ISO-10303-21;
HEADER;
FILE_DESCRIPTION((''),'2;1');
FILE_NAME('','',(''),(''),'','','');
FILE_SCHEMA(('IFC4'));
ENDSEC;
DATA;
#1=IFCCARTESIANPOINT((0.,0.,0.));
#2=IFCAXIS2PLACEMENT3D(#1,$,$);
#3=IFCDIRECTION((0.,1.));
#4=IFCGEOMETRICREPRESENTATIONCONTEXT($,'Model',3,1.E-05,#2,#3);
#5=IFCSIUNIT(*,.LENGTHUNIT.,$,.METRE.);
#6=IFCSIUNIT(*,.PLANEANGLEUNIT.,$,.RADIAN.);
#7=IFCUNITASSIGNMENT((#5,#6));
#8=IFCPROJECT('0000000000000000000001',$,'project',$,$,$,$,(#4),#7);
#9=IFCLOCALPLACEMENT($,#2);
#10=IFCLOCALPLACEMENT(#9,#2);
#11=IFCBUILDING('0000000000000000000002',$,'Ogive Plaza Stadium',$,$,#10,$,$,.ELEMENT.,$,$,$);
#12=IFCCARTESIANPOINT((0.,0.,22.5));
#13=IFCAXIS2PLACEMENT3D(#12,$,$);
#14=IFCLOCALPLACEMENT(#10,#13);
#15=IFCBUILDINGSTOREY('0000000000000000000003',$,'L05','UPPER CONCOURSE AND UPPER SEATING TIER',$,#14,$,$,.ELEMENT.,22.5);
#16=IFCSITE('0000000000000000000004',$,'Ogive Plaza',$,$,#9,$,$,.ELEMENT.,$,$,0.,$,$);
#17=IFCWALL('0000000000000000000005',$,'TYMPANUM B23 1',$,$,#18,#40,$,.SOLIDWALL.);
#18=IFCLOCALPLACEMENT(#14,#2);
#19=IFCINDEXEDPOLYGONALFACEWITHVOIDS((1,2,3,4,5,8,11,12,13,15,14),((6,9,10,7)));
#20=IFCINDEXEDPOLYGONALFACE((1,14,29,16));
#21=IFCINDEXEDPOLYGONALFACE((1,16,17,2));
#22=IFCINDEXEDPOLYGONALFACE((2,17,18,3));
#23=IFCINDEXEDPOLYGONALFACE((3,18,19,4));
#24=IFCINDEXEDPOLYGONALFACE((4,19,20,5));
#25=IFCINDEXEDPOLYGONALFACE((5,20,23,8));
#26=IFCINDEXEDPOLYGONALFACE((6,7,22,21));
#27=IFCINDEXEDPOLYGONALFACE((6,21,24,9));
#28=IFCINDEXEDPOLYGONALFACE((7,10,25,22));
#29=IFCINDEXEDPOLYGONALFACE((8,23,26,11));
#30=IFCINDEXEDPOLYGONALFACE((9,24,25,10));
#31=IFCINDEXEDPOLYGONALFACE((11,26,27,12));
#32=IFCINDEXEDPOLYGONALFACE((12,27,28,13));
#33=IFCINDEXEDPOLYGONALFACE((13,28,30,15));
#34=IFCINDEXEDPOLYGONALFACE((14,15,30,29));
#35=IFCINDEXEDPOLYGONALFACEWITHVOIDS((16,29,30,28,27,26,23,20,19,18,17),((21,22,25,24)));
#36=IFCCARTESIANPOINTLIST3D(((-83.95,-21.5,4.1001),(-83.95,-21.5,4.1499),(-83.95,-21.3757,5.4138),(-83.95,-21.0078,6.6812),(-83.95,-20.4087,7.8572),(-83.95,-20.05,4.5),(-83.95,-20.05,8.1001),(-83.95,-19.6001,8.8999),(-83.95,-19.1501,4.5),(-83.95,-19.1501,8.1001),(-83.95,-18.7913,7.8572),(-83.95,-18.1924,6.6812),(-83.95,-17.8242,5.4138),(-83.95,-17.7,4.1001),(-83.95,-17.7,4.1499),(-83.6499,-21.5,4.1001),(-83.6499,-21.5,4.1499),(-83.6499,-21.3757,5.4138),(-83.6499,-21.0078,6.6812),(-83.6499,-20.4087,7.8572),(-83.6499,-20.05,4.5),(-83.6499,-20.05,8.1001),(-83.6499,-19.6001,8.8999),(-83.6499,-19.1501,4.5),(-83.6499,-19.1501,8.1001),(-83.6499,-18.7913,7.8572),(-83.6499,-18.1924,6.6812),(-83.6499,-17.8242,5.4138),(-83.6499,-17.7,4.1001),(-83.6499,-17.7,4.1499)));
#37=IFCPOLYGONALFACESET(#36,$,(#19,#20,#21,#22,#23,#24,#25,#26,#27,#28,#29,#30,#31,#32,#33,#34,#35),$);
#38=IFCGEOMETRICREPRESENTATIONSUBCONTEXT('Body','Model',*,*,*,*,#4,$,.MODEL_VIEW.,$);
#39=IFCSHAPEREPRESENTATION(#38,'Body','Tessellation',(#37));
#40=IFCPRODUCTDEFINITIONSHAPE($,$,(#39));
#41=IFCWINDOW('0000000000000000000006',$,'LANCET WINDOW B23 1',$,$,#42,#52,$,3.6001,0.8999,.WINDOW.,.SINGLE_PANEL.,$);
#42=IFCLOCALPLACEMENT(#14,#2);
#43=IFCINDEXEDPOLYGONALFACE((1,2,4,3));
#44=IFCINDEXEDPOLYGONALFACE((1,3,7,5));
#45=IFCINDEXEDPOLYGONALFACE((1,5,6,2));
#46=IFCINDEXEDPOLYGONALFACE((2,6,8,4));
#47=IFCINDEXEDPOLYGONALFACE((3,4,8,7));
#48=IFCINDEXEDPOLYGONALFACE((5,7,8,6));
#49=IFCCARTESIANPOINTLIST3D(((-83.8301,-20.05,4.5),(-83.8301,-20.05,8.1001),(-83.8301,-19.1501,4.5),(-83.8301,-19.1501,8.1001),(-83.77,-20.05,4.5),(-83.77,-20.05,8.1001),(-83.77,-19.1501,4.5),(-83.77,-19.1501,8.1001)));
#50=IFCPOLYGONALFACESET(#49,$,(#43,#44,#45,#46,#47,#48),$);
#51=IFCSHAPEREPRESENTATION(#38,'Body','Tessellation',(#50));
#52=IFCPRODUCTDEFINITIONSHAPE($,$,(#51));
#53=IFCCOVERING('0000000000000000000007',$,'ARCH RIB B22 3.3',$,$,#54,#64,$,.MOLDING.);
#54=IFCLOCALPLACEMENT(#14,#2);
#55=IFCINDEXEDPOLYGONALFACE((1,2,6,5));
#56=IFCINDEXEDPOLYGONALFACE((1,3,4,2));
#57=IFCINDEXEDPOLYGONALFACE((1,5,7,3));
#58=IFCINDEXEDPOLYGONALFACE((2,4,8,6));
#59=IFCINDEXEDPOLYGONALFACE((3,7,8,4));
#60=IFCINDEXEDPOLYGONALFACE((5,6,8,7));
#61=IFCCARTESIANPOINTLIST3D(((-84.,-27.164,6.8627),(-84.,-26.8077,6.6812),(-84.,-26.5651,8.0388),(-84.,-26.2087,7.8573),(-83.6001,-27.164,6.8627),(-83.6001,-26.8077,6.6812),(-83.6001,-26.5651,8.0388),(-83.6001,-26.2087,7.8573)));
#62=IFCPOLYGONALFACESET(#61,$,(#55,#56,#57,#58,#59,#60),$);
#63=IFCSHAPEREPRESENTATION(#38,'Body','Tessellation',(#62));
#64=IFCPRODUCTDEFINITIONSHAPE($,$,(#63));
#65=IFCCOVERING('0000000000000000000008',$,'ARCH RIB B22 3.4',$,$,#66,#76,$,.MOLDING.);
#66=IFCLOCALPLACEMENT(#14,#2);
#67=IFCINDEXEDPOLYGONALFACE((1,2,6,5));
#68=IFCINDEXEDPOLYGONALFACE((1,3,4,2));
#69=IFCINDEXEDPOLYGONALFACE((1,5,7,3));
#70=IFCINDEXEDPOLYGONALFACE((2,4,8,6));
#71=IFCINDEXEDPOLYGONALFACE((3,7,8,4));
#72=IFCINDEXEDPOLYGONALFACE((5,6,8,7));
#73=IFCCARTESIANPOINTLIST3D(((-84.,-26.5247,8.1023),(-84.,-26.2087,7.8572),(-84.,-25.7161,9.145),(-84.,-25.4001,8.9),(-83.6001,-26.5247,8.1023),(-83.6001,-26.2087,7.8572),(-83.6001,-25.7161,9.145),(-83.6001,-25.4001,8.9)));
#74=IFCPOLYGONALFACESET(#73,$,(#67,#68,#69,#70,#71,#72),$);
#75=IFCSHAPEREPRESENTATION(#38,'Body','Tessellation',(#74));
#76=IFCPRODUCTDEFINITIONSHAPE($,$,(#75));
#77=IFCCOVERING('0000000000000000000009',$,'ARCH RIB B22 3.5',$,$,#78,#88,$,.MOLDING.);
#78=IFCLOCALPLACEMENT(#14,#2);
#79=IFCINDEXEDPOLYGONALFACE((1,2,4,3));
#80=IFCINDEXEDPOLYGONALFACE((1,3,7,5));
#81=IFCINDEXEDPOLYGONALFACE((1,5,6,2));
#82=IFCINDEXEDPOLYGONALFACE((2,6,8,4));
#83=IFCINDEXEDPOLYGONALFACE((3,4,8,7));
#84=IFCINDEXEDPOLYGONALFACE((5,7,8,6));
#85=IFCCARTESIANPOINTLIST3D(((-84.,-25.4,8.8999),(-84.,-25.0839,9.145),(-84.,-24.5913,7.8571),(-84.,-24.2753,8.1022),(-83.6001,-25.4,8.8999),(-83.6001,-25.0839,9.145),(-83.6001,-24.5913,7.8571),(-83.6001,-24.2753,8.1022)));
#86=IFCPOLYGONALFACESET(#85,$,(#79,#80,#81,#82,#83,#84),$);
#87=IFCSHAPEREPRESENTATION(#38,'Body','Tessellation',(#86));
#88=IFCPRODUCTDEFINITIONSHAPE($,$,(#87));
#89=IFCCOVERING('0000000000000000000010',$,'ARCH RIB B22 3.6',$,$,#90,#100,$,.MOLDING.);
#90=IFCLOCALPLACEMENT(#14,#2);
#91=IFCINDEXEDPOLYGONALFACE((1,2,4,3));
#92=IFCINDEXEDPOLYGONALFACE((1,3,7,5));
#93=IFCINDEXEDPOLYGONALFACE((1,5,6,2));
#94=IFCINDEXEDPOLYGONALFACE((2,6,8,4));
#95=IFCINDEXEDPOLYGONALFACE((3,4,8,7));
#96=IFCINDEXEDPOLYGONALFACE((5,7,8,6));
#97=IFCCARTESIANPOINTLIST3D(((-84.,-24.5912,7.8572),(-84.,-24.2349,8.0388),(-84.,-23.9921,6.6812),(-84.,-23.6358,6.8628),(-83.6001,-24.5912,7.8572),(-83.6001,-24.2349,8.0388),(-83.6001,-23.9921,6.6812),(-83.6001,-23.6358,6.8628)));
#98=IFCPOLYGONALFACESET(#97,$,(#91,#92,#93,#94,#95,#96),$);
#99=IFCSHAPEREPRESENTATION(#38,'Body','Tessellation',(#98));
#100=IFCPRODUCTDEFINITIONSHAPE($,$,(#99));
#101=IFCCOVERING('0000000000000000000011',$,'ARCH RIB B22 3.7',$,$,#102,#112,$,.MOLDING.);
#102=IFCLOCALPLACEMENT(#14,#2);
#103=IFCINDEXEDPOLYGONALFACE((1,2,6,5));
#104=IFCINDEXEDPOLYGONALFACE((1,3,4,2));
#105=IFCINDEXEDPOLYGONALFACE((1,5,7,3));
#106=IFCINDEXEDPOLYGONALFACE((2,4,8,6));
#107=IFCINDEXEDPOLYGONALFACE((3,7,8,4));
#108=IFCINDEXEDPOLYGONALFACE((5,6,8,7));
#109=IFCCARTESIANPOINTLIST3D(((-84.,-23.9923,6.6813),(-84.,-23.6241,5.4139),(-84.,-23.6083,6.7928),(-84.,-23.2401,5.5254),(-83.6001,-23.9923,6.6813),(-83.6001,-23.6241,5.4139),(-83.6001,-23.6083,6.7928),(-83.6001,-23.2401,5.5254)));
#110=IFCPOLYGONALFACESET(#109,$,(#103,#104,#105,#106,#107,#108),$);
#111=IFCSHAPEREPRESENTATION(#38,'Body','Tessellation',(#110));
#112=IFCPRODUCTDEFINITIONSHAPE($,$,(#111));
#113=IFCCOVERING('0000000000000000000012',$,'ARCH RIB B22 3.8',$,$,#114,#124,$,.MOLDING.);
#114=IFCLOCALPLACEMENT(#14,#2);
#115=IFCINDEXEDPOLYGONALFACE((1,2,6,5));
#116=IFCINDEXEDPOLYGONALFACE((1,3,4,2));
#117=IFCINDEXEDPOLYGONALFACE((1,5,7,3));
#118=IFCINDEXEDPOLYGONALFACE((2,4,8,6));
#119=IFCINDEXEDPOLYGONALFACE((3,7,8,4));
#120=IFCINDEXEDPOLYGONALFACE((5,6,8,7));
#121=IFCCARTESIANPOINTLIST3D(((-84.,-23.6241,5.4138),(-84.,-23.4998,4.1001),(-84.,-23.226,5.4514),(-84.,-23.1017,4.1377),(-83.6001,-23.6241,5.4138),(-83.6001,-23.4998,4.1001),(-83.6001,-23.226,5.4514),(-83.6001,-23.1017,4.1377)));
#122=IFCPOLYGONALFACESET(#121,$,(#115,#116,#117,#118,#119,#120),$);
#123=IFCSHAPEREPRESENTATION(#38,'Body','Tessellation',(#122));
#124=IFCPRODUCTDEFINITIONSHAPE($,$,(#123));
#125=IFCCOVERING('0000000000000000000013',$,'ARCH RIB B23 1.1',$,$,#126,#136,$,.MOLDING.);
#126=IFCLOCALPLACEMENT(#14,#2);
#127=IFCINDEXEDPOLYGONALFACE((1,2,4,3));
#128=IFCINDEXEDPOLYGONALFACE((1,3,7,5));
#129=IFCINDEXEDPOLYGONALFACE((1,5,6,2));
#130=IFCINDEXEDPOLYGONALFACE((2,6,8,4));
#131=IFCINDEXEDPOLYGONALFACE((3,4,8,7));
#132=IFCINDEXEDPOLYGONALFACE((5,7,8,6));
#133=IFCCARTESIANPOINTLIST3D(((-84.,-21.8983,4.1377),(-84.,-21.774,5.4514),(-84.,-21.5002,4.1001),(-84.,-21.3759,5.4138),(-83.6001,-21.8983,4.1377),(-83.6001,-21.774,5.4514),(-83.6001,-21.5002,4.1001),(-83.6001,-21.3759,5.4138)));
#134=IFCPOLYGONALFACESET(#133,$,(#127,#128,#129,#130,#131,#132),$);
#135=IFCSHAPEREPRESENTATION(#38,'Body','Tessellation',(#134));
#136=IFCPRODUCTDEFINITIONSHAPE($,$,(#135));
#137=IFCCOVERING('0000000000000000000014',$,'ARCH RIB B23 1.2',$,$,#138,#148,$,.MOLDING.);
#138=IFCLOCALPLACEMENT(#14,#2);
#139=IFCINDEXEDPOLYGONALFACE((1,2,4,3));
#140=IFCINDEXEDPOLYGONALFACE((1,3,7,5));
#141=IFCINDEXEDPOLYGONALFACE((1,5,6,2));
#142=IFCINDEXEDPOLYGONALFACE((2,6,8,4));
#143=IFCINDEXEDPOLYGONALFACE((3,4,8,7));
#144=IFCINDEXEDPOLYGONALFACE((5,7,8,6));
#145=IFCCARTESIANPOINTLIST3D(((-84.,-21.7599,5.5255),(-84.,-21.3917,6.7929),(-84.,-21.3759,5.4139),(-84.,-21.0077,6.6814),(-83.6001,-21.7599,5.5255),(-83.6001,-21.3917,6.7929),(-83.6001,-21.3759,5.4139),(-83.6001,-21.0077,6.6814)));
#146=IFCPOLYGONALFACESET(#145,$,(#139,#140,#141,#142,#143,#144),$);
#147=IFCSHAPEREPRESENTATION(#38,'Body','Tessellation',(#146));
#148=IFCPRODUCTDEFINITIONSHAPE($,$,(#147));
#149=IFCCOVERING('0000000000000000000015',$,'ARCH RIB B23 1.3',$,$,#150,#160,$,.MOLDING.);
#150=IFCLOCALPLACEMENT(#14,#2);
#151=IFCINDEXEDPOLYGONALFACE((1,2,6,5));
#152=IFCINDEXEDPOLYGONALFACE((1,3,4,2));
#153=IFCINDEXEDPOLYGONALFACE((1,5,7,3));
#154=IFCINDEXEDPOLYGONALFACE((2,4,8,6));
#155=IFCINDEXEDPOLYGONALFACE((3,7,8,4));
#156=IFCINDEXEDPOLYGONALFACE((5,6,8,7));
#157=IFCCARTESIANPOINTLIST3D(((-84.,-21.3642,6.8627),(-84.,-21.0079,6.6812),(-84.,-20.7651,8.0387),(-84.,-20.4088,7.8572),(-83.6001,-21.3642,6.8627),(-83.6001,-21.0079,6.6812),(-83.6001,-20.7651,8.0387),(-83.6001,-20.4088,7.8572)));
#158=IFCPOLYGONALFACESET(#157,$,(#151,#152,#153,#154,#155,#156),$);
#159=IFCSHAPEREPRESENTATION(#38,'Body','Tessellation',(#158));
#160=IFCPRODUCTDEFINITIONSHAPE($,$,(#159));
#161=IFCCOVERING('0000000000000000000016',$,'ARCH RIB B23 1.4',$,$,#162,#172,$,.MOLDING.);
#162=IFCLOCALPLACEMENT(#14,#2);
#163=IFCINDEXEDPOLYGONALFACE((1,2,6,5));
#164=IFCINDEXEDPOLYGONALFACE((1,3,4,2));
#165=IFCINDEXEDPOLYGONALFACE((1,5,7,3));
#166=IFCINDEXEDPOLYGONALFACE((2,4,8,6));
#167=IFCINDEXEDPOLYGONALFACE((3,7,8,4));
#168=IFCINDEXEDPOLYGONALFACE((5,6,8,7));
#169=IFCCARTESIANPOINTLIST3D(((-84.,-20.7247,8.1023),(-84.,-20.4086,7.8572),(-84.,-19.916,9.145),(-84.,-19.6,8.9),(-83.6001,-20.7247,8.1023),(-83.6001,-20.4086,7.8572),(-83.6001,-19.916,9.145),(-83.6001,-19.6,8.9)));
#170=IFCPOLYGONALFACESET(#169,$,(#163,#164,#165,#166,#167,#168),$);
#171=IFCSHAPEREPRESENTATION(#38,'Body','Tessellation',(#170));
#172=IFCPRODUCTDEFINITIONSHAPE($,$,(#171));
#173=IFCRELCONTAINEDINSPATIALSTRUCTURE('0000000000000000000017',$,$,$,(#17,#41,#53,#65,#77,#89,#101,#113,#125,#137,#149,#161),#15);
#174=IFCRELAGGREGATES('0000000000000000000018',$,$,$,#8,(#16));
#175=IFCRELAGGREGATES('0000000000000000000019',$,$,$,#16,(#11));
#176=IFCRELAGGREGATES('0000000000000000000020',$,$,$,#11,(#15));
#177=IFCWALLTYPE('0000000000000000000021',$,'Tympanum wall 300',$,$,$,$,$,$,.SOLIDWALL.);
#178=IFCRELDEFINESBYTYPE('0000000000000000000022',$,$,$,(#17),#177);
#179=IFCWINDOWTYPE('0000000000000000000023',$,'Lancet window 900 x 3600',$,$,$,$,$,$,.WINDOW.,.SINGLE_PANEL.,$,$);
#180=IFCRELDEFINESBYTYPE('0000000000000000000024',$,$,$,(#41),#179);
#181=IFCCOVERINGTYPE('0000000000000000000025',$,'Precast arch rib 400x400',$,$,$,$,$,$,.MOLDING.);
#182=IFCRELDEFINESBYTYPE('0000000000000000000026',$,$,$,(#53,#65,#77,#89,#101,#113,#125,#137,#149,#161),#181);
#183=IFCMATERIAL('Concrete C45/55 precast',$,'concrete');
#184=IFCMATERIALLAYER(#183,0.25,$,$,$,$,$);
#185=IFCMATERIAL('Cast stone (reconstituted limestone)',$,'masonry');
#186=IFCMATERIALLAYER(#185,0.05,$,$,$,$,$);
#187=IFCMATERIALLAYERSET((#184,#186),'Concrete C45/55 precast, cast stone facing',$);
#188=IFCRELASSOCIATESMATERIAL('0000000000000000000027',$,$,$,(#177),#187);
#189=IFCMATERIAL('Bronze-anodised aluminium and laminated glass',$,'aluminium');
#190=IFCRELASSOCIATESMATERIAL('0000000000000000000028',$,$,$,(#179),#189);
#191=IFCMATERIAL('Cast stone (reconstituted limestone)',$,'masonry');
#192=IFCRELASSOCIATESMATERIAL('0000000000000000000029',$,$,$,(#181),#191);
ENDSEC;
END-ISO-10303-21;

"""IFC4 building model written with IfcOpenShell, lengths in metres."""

from ifc_helpers import new_model, si_unit, direction, frame, frame_2d, origin, origin_2d, place, context, subcontext, project, spatial, polyline, rectangle, outline, extrude, material, layer, layer_set, material_profile, profile_set, type_object, element, fill, save


model = new_model("IFC4")

# Units and contexts
model_context = context("Model", 3, precision=1e-05, world=origin(), true_north=direction((0.0, 1.0)))
body_context = subcontext(model_context, "Body", "Model", "MODEL_VIEW")
ifc_project = project(units=[si_unit("LENGTHUNIT", "METRE"), si_unit("PLANEANGLEUNIT", "RADIAN")], contexts=[model_context])

# Site, building, storey
site_placement = place(None, origin())
site = spatial("IfcSite", under=ifc_project, at=site_placement, Name="Ogive Plaza", CompositionType="ELEMENT", RefElevation=0.0)
building_placement = place(site_placement, origin())
building = spatial("IfcBuilding", under=site, at=building_placement, Name="Ogive Plaza Stadium", CompositionType="ELEMENT")
storey_placement = place(building_placement, frame((0.0, 0.0, 22.5)))
storey = spatial("IfcBuildingStorey", under=building, at=storey_placement, Name="L05", Description="UPPER CONCOURSE AND UPPER SEATING TIER", CompositionType="ELEMENT", Elevation=22.5)

# Wall, opening, window
ifc_material_1 = material(Name="Concrete C45/55 precast", Category="concrete")
ifc_layer_1 = layer(ifc_material_1, 0.25)
ifc_material_2 = material(Name="Cast stone (reconstituted limestone)", Category="masonry")
ifc_layer_2 = layer(ifc_material_2, 0.05)
ifc_layer_set_1 = layer_set([ifc_layer_1, ifc_layer_2], Name="Concrete C45/55 precast, cast stone facing")
wall_type = type_object("IfcWallType", Name="Tympanum wall 300", PredefinedType="SOLIDWALL", material=ifc_layer_set_1)
wall_placement = place(storey_placement, frame((-83.8, -21.5, 4.1001), z_axis=(0.0, 0.0, 1.0), x_axis=(0.0, 1.0, 0.0)))
wall = element("IfcWall", 1, at=wall_placement, inside=storey, type_object=wall_type, Name="TYMPANUM B23 1", PredefinedType="SOLIDWALL", context=body_context, shape_type="SweptSolid", body=[
    extrude(outline(polyline([(0.0, 0.0), (3.8, 0.0), (3.8, 0.0498), (3.6758, 1.3137), (3.3076, 2.5811), (2.7087, 3.7571), (1.8999, 4.7998), (1.0913, 3.7571), (0.4922, 2.5811), (0.1243, 1.3137), (0.0, 0.0498), (0.0, 0.0)])), frame((0.0, 0.1499, 0.0), z_axis=(0.0, -1.0, 0.0), x_axis=(1.0, 0.0, 0.0)), (0.0, 0.0, 1.0), 0.3),
])
opening_placement = place(wall_placement, frame((1.45, 0.0, 0.3999)))
opening = element("IfcOpeningElement", 2, at=opening_placement, cuts=wall, PredefinedType="OPENING", context=body_context, shape_type="SweptSolid", body=[
    extrude(rectangle(XDim=0.8999, YDim=3.6001, at=frame_2d((0.45, 1.8))), frame((0.0, 0.1602, 0.0), z_axis=(0.0, -1.0, 0.0), x_axis=(1.0, 0.0, 0.0)), (0.0, 0.0, 1.0), 0.3201),
])
ifc_material_3 = material(Name="Bronze-anodised aluminium and laminated glass", Category="aluminium")
window_type = type_object("IfcWindowType", Name="Lancet window 900 x 3600", PartitioningType="SINGLE_PANEL", PredefinedType="WINDOW", material=ifc_material_3)
window_placement = place(opening_placement, origin())
window = element("IfcWindow", 3, at=window_placement, inside=storey, type_object=window_type, Name="LANCET WINDOW B23 1", OverallHeight=3.6001, OverallWidth=0.8999, PartitioningType="SINGLE_PANEL", PredefinedType="WINDOW", context=body_context, shape_type="SweptSolid", body=[
    extrude(rectangle(XDim=0.8999, YDim=3.6001, at=frame_2d((0.45, 1.8))), frame((0.0, 0.03, 0.0), z_axis=(0.0, -1.0, 0.0), x_axis=(1.0, 0.0, 0.0)), (0.0, 0.0, 1.0), 0.0601),
])
fill(opening, window)

# Coverings
ifc_material_4 = material(Name="Cast stone (reconstituted limestone)", Category="masonry")
ifc_material_profile_1 = material_profile(ifc_material_4, rectangle(XDim=0.3999, YDim=0.3999, at=origin_2d()), Name="Cast stone 400x400")
ifc_profile_set_1 = profile_set([ifc_material_profile_1], Name="Cast stone (reconstituted limestone)")
covering_type = type_object("IfcCoveringType", Name="Precast arch rib 400x400", PredefinedType="MOLDING", material=ifc_profile_set_1)
covering_1_placement = place(storey_placement, frame((-83.8, -26.9858, 6.772), z_axis=(0.0, 0.453787, 0.89111), x_axis=(-1.0, 0.0, 0.0)))
element("IfcCovering", 4, at=covering_1_placement, inside=storey, type_object=covering_type, Name="ARCH RIB B22 3.3", PredefinedType="MOLDING", context=body_context, shape_type="SweptSolid", body=[
    extrude(rectangle(XDim=0.3999, YDim=0.3999, at=origin_2d()), origin(), (0.0, 0.0, 1.0), 1.3198),
])
for number, where, z_axis, x_axis, name in (
    (5, (-83.8, -26.3667, 7.9797), (0.0, 0.6128, 0.790238), (-1.0, 0.0, 0.0), "ARCH RIB B22 3.4"),
    (6, (-83.8, -25.2419, 9.0225), (0.0, 0.6128, -0.790238), (-1.0, 0.0, 0.0), "ARCH RIB B22 3.5"),
):
    element("IfcCovering", number, at=place(storey_placement, frame(where, z_axis=z_axis, x_axis=x_axis)), inside=storey, type_object=covering_type, Name=name, PredefinedType="MOLDING", context=body_context, shape_type="SweptSolid", body=[
        extrude(rectangle(XDim=0.3999, YDim=0.3999, at=origin_2d()), origin(), (0.0, 0.0, 1.0), 1.3196),
    ])
for number, where, z_axis, x_axis, name in (
    (7, (-83.8, -24.4131, 7.948), (0.0, 0.453934, -0.891035), (-1.0, 0.0, 0.0), "ARCH RIB B22 3.6"),
    (8, (-83.8, -23.8003, 6.7371), (0.0, 0.27897, -0.9603), (-1.0, 0.0, 0.0), "ARCH RIB B22 3.7"),
):
    element("IfcCovering", number, at=place(storey_placement, frame(where, z_axis=z_axis, x_axis=x_axis)), inside=storey, type_object=covering_type, Name=name, PredefinedType="MOLDING", context=body_context, shape_type="SweptSolid", body=[
        extrude(rectangle(XDim=0.3999, YDim=0.3999, at=origin_2d()), origin(), (0.0, 0.0, 1.0), 1.3198),
    ])
for number, where, z_axis, x_axis, name in (
    (9, (-83.8, -23.425, 5.4326), (0.0, 0.094172, -0.995556), (-1.0, 0.0, 0.0), "ARCH RIB B22 3.8"),
    (10, (-83.8, -21.6992, 4.1189), (0.0, 0.094172, 0.995556), (-1.0, 0.0, 0.0), "ARCH RIB B23 1.1"),
):
    element("IfcCovering", number, at=place(storey_placement, frame(where, z_axis=z_axis, x_axis=x_axis)), inside=storey, type_object=covering_type, Name=name, PredefinedType="MOLDING", context=body_context, shape_type="SweptSolid", body=[
        extrude(rectangle(XDim=0.3999, YDim=0.3999, at=origin_2d()), origin(), (0.0, 0.0, 1.0), 1.3196),
    ])
for number, where, z_axis, x_axis, name in (
    (11, (-83.8, -21.5679, 5.4697), (0.0, 0.27897, 0.9603), (-1.0, 0.0, 0.0), "ARCH RIB B23 1.2"),
    (12, (-83.8, -21.186, 6.772), (0.0, 0.453934, 0.891035), (-1.0, 0.0, 0.0), "ARCH RIB B23 1.3"),
):
    element("IfcCovering", number, at=place(storey_placement, frame(where, z_axis=z_axis, x_axis=x_axis)), inside=storey, type_object=covering_type, Name=name, PredefinedType="MOLDING", context=body_context, shape_type="SweptSolid", body=[
        extrude(rectangle(XDim=0.3999, YDim=0.3999, at=origin_2d()), origin(), (0.0, 0.0, 1.0), 1.3198),
    ])
covering_2_placement = place(storey_placement, frame((-83.8, -20.5667, 7.9797), z_axis=(0.0, 0.6128, 0.790238), x_axis=(-1.0, 0.0, 0.0)))
element("IfcCovering", 13, at=covering_2_placement, inside=storey, type_object=covering_type, Name="ARCH RIB B23 1.4", PredefinedType="MOLDING", context=body_context, shape_type="SweptSolid", body=[
    extrude(rectangle(XDim=0.3999, YDim=0.3999, at=origin_2d()), origin(), (0.0, 0.0, 1.0), 1.3196),
])

save(model, "model.ifc")
